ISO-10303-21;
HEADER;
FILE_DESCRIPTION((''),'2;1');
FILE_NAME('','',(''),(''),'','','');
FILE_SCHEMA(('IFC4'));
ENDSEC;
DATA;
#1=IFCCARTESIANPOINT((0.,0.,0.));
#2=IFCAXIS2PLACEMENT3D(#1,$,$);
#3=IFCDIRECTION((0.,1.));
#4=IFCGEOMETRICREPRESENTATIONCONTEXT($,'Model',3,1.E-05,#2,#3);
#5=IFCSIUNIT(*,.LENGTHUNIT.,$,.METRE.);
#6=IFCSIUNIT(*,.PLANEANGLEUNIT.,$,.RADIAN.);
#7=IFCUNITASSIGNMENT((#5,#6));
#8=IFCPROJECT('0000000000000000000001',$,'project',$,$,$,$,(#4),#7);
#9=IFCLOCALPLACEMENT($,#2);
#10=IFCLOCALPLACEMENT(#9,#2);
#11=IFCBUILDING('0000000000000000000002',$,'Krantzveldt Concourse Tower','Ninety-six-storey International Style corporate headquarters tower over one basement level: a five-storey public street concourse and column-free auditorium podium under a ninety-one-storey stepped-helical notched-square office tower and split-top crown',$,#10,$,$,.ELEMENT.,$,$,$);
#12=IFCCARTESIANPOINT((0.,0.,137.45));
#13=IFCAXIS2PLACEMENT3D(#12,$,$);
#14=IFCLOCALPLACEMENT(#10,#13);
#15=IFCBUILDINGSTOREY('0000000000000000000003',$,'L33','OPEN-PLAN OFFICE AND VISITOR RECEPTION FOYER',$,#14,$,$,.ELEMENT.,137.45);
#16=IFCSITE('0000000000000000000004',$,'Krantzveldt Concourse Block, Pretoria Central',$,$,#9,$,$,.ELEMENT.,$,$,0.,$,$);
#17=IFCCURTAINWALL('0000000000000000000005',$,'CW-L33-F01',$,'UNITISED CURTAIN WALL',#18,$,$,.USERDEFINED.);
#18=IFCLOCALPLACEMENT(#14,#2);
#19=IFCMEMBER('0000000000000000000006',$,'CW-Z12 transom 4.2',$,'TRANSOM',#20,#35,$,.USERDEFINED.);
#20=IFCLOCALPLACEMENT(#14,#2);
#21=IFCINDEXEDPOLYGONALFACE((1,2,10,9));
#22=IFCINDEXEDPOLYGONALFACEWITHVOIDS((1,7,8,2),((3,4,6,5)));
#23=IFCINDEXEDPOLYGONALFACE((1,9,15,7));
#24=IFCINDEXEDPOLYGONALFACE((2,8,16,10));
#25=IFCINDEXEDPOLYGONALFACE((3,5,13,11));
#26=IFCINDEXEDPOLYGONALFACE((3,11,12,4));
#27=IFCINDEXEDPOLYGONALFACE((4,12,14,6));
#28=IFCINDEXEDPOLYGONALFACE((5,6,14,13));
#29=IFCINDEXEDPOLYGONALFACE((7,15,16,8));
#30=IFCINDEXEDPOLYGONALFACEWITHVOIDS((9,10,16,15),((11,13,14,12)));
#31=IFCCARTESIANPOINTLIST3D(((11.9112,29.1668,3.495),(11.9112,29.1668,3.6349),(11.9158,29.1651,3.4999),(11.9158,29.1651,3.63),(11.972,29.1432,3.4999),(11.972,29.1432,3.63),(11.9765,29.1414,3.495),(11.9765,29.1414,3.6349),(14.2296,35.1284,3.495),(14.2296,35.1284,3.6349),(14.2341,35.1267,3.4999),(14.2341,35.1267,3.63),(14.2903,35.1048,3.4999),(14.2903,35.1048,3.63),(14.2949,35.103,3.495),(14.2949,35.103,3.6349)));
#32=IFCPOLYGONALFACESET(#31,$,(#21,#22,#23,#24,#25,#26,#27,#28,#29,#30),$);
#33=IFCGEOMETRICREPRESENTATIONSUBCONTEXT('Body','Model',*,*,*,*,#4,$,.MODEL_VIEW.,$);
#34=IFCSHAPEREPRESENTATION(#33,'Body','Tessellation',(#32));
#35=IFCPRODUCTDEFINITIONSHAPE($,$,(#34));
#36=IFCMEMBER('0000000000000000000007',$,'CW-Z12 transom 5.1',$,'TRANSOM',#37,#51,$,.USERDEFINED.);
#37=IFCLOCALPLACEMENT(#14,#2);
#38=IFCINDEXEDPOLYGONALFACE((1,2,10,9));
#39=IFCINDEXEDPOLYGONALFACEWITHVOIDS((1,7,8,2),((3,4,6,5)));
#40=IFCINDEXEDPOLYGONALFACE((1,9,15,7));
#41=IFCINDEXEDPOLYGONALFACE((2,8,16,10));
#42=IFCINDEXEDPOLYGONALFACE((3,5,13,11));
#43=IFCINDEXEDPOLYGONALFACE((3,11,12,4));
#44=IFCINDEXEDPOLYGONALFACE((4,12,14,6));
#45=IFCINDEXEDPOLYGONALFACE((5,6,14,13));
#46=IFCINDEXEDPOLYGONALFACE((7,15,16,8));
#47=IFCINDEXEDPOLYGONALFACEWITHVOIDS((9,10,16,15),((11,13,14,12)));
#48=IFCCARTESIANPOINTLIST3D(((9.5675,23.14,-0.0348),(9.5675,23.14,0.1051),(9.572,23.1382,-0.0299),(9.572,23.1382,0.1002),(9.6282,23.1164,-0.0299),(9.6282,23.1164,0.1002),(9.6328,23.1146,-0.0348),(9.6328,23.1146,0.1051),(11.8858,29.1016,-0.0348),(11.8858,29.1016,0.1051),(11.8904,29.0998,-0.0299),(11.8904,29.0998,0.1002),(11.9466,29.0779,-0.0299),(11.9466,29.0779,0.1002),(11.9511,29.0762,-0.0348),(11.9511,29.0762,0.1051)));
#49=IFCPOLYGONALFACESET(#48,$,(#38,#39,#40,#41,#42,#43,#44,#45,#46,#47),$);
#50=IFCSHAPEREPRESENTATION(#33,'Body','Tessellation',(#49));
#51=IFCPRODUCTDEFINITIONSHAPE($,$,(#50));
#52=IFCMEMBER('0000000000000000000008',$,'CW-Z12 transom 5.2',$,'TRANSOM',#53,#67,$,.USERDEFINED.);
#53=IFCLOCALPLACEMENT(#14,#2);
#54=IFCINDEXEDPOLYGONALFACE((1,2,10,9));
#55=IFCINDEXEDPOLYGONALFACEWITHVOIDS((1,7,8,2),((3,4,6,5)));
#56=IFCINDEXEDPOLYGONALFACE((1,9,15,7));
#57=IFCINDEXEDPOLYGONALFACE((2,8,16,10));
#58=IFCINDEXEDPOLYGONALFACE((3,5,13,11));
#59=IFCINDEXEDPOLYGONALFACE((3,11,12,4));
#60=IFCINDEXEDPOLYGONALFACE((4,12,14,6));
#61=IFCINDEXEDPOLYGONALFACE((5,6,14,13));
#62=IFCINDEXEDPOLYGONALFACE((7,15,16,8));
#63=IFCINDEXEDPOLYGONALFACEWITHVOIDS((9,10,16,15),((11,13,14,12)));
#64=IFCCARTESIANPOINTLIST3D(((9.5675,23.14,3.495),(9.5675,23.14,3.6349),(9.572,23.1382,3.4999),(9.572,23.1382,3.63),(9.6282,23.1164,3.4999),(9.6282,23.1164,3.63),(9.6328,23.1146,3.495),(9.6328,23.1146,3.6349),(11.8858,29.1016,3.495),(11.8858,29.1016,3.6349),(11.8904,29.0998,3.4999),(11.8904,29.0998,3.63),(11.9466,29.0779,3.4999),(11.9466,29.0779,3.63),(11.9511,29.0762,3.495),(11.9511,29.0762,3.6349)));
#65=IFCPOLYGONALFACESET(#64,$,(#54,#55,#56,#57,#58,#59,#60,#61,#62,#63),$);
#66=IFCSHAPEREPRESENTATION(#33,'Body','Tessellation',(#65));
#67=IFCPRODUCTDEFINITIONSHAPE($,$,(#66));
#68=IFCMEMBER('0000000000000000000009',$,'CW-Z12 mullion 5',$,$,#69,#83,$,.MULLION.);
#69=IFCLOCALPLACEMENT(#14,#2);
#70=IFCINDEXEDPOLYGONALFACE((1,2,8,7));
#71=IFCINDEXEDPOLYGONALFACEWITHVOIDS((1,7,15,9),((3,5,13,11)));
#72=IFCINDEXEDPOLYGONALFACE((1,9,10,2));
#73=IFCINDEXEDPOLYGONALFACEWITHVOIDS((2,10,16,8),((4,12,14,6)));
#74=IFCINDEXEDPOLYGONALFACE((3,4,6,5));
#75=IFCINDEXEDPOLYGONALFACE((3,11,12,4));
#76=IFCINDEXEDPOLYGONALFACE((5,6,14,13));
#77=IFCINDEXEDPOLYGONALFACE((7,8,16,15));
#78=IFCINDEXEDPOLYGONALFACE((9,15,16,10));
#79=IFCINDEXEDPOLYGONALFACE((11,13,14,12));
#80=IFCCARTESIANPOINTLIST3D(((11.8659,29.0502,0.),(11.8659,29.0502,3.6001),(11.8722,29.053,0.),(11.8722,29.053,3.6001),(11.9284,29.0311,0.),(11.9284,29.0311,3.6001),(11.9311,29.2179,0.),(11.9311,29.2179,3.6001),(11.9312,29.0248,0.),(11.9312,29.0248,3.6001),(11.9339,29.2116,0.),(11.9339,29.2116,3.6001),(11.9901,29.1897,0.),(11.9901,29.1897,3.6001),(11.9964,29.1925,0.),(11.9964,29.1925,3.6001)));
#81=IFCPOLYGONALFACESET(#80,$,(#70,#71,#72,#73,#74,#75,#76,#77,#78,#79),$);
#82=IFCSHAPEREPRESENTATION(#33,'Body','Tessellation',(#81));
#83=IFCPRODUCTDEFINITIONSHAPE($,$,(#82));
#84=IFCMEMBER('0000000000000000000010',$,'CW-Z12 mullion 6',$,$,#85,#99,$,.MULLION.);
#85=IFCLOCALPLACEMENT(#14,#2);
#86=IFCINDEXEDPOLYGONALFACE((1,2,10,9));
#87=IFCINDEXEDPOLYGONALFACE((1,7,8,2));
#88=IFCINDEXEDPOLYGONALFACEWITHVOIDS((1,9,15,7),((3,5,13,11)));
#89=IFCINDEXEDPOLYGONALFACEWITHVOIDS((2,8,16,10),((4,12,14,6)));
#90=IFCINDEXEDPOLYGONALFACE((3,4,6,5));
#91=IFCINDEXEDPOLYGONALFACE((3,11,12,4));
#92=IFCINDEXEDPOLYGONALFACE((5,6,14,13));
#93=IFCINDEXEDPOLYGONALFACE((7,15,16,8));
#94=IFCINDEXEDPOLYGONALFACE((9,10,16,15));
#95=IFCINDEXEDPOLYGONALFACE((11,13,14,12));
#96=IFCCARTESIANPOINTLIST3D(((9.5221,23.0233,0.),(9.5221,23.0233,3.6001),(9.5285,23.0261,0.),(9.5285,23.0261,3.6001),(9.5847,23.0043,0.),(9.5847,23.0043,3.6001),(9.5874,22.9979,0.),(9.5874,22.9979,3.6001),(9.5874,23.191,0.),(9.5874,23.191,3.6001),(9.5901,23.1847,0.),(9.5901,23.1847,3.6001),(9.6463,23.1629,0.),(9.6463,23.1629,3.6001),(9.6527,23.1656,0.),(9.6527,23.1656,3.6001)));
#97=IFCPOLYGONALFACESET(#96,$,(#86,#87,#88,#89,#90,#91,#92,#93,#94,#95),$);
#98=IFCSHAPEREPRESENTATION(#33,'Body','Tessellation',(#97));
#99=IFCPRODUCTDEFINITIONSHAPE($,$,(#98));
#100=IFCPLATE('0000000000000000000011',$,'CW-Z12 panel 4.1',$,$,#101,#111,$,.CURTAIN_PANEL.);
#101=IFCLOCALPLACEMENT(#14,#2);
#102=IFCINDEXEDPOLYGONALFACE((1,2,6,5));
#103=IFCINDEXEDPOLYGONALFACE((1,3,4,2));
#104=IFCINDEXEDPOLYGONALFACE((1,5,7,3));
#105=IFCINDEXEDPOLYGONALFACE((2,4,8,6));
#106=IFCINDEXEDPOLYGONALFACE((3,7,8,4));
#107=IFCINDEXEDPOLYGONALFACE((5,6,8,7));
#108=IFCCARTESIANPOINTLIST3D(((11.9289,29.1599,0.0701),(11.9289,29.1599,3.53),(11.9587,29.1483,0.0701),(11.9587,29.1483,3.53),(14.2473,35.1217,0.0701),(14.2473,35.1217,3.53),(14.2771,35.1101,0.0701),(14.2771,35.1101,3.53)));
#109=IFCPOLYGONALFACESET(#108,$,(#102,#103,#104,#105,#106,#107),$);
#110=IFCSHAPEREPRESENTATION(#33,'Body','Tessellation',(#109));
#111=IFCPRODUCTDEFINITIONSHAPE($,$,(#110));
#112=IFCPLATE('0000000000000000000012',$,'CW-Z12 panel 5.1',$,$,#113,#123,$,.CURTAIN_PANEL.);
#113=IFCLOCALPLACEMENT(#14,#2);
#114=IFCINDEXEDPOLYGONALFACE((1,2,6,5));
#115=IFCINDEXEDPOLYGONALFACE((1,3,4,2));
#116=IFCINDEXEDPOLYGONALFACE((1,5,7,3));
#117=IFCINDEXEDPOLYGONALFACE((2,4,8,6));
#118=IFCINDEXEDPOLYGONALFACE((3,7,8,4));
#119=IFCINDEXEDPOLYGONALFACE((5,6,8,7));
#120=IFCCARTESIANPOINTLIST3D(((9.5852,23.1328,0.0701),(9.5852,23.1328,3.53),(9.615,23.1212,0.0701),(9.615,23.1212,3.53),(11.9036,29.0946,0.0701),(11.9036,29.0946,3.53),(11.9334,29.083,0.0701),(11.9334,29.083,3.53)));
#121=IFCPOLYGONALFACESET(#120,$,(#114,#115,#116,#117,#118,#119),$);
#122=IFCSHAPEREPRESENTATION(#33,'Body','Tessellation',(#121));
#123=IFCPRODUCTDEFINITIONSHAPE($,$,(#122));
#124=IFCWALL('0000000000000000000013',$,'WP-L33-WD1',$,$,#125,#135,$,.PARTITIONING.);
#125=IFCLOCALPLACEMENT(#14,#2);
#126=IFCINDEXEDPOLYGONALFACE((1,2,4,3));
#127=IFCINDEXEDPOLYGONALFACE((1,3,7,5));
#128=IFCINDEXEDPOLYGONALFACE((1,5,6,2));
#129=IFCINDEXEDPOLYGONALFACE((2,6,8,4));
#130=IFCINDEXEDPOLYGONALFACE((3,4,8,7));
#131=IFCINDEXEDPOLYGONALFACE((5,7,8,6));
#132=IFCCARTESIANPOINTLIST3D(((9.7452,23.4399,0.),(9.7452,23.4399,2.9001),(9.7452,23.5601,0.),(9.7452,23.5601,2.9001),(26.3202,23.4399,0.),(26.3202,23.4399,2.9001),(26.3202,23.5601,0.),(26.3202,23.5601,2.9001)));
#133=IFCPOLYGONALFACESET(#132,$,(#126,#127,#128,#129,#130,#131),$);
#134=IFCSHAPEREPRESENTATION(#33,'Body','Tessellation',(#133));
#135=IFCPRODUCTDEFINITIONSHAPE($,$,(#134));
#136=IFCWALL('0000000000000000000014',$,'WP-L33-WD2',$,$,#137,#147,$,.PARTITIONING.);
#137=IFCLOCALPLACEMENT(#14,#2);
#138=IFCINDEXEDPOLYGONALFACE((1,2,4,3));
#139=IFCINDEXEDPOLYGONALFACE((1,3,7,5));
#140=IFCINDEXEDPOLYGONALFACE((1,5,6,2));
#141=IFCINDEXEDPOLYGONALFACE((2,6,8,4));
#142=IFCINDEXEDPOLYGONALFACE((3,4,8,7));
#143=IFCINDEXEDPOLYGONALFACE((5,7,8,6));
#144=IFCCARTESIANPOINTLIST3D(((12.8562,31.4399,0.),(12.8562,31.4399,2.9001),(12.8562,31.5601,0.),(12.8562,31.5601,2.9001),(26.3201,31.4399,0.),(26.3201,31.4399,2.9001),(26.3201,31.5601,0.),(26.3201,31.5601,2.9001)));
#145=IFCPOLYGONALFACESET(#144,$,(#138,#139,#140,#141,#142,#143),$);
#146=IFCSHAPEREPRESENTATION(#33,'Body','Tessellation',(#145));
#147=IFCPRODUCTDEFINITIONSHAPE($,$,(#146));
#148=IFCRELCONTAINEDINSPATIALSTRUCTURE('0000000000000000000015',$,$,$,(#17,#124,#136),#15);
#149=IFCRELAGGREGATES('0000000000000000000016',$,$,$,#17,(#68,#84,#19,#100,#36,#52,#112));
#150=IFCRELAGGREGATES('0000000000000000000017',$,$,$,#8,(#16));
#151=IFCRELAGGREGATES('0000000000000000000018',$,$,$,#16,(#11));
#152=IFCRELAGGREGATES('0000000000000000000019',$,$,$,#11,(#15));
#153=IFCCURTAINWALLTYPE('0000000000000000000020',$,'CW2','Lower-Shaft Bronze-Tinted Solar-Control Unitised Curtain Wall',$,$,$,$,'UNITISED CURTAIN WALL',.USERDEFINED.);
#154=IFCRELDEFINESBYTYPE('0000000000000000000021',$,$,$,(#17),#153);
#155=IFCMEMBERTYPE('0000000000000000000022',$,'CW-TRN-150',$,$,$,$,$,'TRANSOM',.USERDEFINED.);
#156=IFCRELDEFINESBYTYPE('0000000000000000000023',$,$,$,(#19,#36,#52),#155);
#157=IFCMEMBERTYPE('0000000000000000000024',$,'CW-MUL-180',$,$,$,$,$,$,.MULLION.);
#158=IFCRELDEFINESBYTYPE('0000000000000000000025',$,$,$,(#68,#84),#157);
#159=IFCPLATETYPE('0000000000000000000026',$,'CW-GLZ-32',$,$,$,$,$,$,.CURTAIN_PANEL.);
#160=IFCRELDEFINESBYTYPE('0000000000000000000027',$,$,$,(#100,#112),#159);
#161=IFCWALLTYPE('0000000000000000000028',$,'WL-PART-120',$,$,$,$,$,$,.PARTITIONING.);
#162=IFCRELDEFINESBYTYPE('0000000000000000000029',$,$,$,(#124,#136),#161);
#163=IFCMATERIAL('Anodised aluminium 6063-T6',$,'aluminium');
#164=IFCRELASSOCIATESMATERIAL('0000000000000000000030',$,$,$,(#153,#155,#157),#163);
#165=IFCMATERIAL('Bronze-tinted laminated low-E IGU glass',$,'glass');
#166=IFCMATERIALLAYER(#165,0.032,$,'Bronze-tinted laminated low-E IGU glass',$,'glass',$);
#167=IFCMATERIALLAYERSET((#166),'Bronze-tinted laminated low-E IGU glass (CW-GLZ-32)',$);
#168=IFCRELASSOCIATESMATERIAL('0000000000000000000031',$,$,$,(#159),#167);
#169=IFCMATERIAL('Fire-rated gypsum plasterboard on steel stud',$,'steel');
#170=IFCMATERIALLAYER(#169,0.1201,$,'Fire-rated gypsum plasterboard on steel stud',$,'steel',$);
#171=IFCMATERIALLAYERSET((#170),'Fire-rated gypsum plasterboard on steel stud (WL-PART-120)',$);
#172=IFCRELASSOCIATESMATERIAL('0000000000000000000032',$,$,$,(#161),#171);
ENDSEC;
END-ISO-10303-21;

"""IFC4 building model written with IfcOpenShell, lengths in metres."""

from ifc_helpers import new_model, si_unit, direction, frame, frame_2d, origin, origin_2d, place, context, subcontext, project, spatial, rectangle, hollow_rectangle, extrude, source, transform, mapped, material, layer, layer_set, material_profile, profile_set, type_object, type_shapes, element, aggregate, save


model = new_model("IFC4")

# Units and contexts
model_context = context("Model", 3, precision=1e-05, world=origin(), true_north=direction((0.0, 1.0)))
body_context = subcontext(model_context, "Body", "Model", "MODEL_VIEW")
ifc_project = project(units=[si_unit("LENGTHUNIT", "METRE"), si_unit("PLANEANGLEUNIT", "RADIAN")], contexts=[model_context])

# Site, building, storey
site_placement = place(None, origin())
site = spatial("IfcSite", under=ifc_project, at=site_placement, Name="Krantzveldt Concourse Block, Pretoria Central", CompositionType="ELEMENT", RefElevation=0.0)
building_placement = place(site_placement, origin())
building = spatial("IfcBuilding", under=site, at=building_placement, Name="Krantzveldt Concourse Tower", Description="Ninety-six-storey International Style corporate headquarters tower over one basement level: a five-storey public street concourse and column-free auditorium podium under a ninety-one-storey stepped-helical notched-square office tower and split-top crown", CompositionType="ELEMENT")
storey_placement = place(building_placement, frame((0.0, 0.0, 137.45)))
storey = spatial("IfcBuildingStorey", under=building, at=storey_placement, Name="L33", Description="OPEN-PLAN OFFICE AND VISITOR RECEPTION FOYER", CompositionType="ELEMENT", Elevation=137.45)

# Curtain wall, members, plates
ifc_material_1 = material(Name="Anodised aluminium 6063-T6", Category="aluminium")
curtain_wall_type = type_object("IfcCurtainWallType", Name="CW2", Description="Lower-Shaft Bronze-Tinted Solar-Control Unitised Curtain Wall", ElementType="UNITISED CURTAIN WALL", PredefinedType="USERDEFINED", material=ifc_material_1)
curtain_wall_placement = place(storey_placement, origin())
curtain_wall = element("IfcCurtainWall", 1, at=curtain_wall_placement, inside=storey, type_object=curtain_wall_type, Name="CW-L33-F01", ObjectType="UNITISED CURTAIN WALL", PredefinedType="USERDEFINED")
ifc_material_profile_1 = material_profile(ifc_material_1, hollow_rectangle(XDim=0.0701, YDim=0.1399, WallThickness=0.0049, at=origin_2d()), Name="Anodised aluminium 6063-T6", Category="aluminium")
ifc_profile_set_1 = profile_set([ifc_material_profile_1], Name="Anodised aluminium 6063-T6 - ALU-TRAN 140x70x5")
member_type_1 = type_object("IfcMemberType", Name="CW-TRN-150", ElementType="TRANSOM", PredefinedType="USERDEFINED", material=ifc_profile_set_1)
shared_shape_1 = source(origin(), body_context, "Body", "SweptSolid", [
    extrude(hollow_rectangle(XDim=0.0701, YDim=0.1399, WallThickness=0.0049, at=origin_2d()), origin(), (0.0, 0.0, 1.0), 6.3965),
])
member_1_placement = place(storey_placement, frame((14.2622, 35.1157, 3.5649), z_axis=(-0.362437, -0.932008, 0.0), x_axis=(0.932008, -0.362437, 0.0)))
member_1 = element("IfcMember", 2, at=member_1_placement, type_object=member_type_1, Name="CW-Z12 transom 4.2", ObjectType="TRANSOM", PredefinedType="USERDEFINED", context=body_context, shape_type="MappedRepresentation", body=[
    mapped(shared_shape_1, transform((0.0, 0.0, 0.0), x_axis=(1.0, 0.0, 0.0), y_axis=(0.0, 1.0, 0.0), z_axis=(0.0, 0.0, 1.0), scale=1.0)),
])
member_2_placement = place(storey_placement, frame((11.9185, 29.0889, 0.0352), z_axis=(-0.362437, -0.932008, 0.0), x_axis=(0.932008, -0.362437, 0.0)))
member_2 = element("IfcMember", 3, at=member_2_placement, type_object=member_type_1, Name="CW-Z12 transom 5.1", ObjectType="TRANSOM", PredefinedType="USERDEFINED", context=body_context, shape_type="MappedRepresentation", body=[
    mapped(shared_shape_1, transform((0.0, 0.0, 0.0), x_axis=(1.0, 0.0, 0.0), y_axis=(0.0, 1.0, 0.0), z_axis=(0.0, 0.0, 1.0), scale=1.0)),
])
member_3_placement = place(storey_placement, frame((11.9185, 29.0889, 3.5649), z_axis=(-0.362437, -0.932008, 0.0), x_axis=(0.932008, -0.362437, 0.0)))
member_3 = element("IfcMember", 4, at=member_3_placement, type_object=member_type_1, Name="CW-Z12 transom 5.2", ObjectType="TRANSOM", PredefinedType="USERDEFINED", context=body_context, shape_type="MappedRepresentation", body=[
    mapped(shared_shape_1, transform((0.0, 0.0, 0.0), x_axis=(1.0, 0.0, 0.0), y_axis=(0.0, 1.0, 0.0), z_axis=(0.0, 0.0, 1.0), scale=1.0)),
])
ifc_material_profile_2 = material_profile(ifc_material_1, hollow_rectangle(XDim=0.0701, YDim=0.1799, WallThickness=0.0049, at=origin_2d()), Name="Anodised aluminium 6063-T6", Category="aluminium")
ifc_profile_set_2 = profile_set([ifc_material_profile_2], Name="Anodised aluminium 6063-T6 - ALU-MULL 180x70x5")
member_type_2 = type_object("IfcMemberType", Name="CW-MUL-180", PredefinedType="MULLION", material=ifc_profile_set_2)
shared_shape_2 = source(origin(), body_context, "Body", "SweptSolid", [
    extrude(hollow_rectangle(XDim=0.0701, YDim=0.1799, WallThickness=0.0049, at=origin_2d()), origin(), (0.0, 0.0, 1.0), 3.6001),
])
type_shapes(member_type_2, [shared_shape_2])
member_4_placement = place(storey_placement, frame((11.9312, 29.1213, 0.0), z_axis=(0.0, 0.0, 1.0), x_axis=(0.932008, -0.362438, 0.0)))
member_4 = element("IfcMember", 5, at=member_4_placement, type_object=member_type_2, Name="CW-Z12 mullion 5", PredefinedType="MULLION", context=body_context, shape_type="MappedRepresentation", body=[
    mapped(shared_shape_2, transform((0.0, 0.0, 0.0), x_axis=(1.0, 0.0, 0.0), y_axis=(0.0, 1.0, 0.0), z_axis=(0.0, 0.0, 1.0), scale=1.0)),
])
member_5_placement = place(storey_placement, frame((9.5874, 23.0945, 0.0), z_axis=(0.0, 0.0, 1.0), x_axis=(0.932008, -0.362438, 0.0)))
member_5 = element("IfcMember", 6, at=member_5_placement, type_object=member_type_2, Name="CW-Z12 mullion 6", PredefinedType="MULLION", context=body_context, shape_type="MappedRepresentation", body=[
    mapped(shared_shape_2, transform((0.0, 0.0, 0.0), x_axis=(1.0, 0.0, 0.0), y_axis=(0.0, 1.0, 0.0), z_axis=(0.0, 0.0, 1.0), scale=1.0)),
])
ifc_material_2 = material(Name="Bronze-tinted laminated low-E IGU glass", Category="glass")
ifc_layer_1 = layer(ifc_material_2, 0.032, Name="Bronze-tinted laminated low-E IGU glass", Category="glass")
ifc_layer_set_1 = layer_set([ifc_layer_1], Name="Bronze-tinted laminated low-E IGU glass (CW-GLZ-32)")
plate_type = type_object("IfcPlateType", Name="CW-GLZ-32", PredefinedType="CURTAIN_PANEL", material=ifc_layer_set_1)
shared_shape_3 = source(origin(), body_context, "Body", "SweptSolid", [
    extrude(rectangle(XDim=6.3967, YDim=0.032, at=origin_2d()), origin(), (0.0, 0.0, 1.0), 3.46),
])
type_shapes(plate_type, [shared_shape_3])
plate_1_placement = place(storey_placement, frame((13.103, 32.135, 0.0701), z_axis=(0.0, 0.0, 1.0), x_axis=(-0.362438, -0.932008, 0.0)))
plate_1 = element("IfcPlate", 7, at=plate_1_placement, type_object=plate_type, Name="CW-Z12 panel 4.1", PredefinedType="CURTAIN_PANEL", context=body_context, shape_type="MappedRepresentation", body=[
    mapped(shared_shape_3, transform((0.0, 0.0, 0.0), x_axis=(1.0, 0.0, 0.0), y_axis=(0.0, 1.0, 0.0), z_axis=(0.0, 0.0, 1.0), scale=1.0)),
])
plate_2_placement = place(storey_placement, frame((10.7593, 26.1079, 0.0701), z_axis=(0.0, 0.0, 1.0), x_axis=(-0.362438, -0.932008, 0.0)))
plate_2 = element("IfcPlate", 8, at=plate_2_placement, type_object=plate_type, Name="CW-Z12 panel 5.1", PredefinedType="CURTAIN_PANEL", context=body_context, shape_type="MappedRepresentation", body=[
    mapped(shared_shape_3, transform((0.0, 0.0, 0.0), x_axis=(1.0, 0.0, 0.0), y_axis=(0.0, 1.0, 0.0), z_axis=(0.0, 0.0, 1.0), scale=1.0)),
])
aggregate(curtain_wall, [member_4, member_5, member_1, plate_1, member_2, member_3, plate_2])

# Walls
ifc_material_3 = material(Name="Fire-rated gypsum plasterboard on steel stud", Category="steel")
ifc_layer_2 = layer(ifc_material_3, 0.1201, Name="Fire-rated gypsum plasterboard on steel stud", Category="steel")
ifc_layer_set_2 = layer_set([ifc_layer_2], Name="Fire-rated gypsum plasterboard on steel stud (WL-PART-120)")
wall_type = type_object("IfcWallType", Name="WL-PART-120", PredefinedType="PARTITIONING", material=ifc_layer_set_2)
wall_1_placement = place(storey_placement, frame((9.7451, 23.5, 0.0), z_axis=(0.0, 0.0, 1.0), x_axis=(1.0, 0.0, 0.0)))
element("IfcWall", 9, at=wall_1_placement, inside=storey, type_object=wall_type, Name="WP-L33-WD1", PredefinedType="PARTITIONING", context=body_context, shape_type="SweptSolid", body=[
    extrude(rectangle(XDim=16.575, YDim=0.1201, at=frame_2d((8.2876, 0.0))), origin(), (0.0, 0.0, 1.0), 2.9001),
])
wall_2_placement = place(storey_placement, frame((12.8562, 31.5, 0.0), z_axis=(0.0, 0.0, 1.0), x_axis=(1.0, 0.0, 0.0)))
element("IfcWall", 10, at=wall_2_placement, inside=storey, type_object=wall_type, Name="WP-L33-WD2", PredefinedType="PARTITIONING", context=body_context, shape_type="SweptSolid", body=[
    extrude(rectangle(XDim=13.4639, YDim=0.1201, at=frame_2d((6.7319, 0.0))), origin(), (0.0, 0.0, 1.0), 2.9001),
])

save(model, "model.ifc")
